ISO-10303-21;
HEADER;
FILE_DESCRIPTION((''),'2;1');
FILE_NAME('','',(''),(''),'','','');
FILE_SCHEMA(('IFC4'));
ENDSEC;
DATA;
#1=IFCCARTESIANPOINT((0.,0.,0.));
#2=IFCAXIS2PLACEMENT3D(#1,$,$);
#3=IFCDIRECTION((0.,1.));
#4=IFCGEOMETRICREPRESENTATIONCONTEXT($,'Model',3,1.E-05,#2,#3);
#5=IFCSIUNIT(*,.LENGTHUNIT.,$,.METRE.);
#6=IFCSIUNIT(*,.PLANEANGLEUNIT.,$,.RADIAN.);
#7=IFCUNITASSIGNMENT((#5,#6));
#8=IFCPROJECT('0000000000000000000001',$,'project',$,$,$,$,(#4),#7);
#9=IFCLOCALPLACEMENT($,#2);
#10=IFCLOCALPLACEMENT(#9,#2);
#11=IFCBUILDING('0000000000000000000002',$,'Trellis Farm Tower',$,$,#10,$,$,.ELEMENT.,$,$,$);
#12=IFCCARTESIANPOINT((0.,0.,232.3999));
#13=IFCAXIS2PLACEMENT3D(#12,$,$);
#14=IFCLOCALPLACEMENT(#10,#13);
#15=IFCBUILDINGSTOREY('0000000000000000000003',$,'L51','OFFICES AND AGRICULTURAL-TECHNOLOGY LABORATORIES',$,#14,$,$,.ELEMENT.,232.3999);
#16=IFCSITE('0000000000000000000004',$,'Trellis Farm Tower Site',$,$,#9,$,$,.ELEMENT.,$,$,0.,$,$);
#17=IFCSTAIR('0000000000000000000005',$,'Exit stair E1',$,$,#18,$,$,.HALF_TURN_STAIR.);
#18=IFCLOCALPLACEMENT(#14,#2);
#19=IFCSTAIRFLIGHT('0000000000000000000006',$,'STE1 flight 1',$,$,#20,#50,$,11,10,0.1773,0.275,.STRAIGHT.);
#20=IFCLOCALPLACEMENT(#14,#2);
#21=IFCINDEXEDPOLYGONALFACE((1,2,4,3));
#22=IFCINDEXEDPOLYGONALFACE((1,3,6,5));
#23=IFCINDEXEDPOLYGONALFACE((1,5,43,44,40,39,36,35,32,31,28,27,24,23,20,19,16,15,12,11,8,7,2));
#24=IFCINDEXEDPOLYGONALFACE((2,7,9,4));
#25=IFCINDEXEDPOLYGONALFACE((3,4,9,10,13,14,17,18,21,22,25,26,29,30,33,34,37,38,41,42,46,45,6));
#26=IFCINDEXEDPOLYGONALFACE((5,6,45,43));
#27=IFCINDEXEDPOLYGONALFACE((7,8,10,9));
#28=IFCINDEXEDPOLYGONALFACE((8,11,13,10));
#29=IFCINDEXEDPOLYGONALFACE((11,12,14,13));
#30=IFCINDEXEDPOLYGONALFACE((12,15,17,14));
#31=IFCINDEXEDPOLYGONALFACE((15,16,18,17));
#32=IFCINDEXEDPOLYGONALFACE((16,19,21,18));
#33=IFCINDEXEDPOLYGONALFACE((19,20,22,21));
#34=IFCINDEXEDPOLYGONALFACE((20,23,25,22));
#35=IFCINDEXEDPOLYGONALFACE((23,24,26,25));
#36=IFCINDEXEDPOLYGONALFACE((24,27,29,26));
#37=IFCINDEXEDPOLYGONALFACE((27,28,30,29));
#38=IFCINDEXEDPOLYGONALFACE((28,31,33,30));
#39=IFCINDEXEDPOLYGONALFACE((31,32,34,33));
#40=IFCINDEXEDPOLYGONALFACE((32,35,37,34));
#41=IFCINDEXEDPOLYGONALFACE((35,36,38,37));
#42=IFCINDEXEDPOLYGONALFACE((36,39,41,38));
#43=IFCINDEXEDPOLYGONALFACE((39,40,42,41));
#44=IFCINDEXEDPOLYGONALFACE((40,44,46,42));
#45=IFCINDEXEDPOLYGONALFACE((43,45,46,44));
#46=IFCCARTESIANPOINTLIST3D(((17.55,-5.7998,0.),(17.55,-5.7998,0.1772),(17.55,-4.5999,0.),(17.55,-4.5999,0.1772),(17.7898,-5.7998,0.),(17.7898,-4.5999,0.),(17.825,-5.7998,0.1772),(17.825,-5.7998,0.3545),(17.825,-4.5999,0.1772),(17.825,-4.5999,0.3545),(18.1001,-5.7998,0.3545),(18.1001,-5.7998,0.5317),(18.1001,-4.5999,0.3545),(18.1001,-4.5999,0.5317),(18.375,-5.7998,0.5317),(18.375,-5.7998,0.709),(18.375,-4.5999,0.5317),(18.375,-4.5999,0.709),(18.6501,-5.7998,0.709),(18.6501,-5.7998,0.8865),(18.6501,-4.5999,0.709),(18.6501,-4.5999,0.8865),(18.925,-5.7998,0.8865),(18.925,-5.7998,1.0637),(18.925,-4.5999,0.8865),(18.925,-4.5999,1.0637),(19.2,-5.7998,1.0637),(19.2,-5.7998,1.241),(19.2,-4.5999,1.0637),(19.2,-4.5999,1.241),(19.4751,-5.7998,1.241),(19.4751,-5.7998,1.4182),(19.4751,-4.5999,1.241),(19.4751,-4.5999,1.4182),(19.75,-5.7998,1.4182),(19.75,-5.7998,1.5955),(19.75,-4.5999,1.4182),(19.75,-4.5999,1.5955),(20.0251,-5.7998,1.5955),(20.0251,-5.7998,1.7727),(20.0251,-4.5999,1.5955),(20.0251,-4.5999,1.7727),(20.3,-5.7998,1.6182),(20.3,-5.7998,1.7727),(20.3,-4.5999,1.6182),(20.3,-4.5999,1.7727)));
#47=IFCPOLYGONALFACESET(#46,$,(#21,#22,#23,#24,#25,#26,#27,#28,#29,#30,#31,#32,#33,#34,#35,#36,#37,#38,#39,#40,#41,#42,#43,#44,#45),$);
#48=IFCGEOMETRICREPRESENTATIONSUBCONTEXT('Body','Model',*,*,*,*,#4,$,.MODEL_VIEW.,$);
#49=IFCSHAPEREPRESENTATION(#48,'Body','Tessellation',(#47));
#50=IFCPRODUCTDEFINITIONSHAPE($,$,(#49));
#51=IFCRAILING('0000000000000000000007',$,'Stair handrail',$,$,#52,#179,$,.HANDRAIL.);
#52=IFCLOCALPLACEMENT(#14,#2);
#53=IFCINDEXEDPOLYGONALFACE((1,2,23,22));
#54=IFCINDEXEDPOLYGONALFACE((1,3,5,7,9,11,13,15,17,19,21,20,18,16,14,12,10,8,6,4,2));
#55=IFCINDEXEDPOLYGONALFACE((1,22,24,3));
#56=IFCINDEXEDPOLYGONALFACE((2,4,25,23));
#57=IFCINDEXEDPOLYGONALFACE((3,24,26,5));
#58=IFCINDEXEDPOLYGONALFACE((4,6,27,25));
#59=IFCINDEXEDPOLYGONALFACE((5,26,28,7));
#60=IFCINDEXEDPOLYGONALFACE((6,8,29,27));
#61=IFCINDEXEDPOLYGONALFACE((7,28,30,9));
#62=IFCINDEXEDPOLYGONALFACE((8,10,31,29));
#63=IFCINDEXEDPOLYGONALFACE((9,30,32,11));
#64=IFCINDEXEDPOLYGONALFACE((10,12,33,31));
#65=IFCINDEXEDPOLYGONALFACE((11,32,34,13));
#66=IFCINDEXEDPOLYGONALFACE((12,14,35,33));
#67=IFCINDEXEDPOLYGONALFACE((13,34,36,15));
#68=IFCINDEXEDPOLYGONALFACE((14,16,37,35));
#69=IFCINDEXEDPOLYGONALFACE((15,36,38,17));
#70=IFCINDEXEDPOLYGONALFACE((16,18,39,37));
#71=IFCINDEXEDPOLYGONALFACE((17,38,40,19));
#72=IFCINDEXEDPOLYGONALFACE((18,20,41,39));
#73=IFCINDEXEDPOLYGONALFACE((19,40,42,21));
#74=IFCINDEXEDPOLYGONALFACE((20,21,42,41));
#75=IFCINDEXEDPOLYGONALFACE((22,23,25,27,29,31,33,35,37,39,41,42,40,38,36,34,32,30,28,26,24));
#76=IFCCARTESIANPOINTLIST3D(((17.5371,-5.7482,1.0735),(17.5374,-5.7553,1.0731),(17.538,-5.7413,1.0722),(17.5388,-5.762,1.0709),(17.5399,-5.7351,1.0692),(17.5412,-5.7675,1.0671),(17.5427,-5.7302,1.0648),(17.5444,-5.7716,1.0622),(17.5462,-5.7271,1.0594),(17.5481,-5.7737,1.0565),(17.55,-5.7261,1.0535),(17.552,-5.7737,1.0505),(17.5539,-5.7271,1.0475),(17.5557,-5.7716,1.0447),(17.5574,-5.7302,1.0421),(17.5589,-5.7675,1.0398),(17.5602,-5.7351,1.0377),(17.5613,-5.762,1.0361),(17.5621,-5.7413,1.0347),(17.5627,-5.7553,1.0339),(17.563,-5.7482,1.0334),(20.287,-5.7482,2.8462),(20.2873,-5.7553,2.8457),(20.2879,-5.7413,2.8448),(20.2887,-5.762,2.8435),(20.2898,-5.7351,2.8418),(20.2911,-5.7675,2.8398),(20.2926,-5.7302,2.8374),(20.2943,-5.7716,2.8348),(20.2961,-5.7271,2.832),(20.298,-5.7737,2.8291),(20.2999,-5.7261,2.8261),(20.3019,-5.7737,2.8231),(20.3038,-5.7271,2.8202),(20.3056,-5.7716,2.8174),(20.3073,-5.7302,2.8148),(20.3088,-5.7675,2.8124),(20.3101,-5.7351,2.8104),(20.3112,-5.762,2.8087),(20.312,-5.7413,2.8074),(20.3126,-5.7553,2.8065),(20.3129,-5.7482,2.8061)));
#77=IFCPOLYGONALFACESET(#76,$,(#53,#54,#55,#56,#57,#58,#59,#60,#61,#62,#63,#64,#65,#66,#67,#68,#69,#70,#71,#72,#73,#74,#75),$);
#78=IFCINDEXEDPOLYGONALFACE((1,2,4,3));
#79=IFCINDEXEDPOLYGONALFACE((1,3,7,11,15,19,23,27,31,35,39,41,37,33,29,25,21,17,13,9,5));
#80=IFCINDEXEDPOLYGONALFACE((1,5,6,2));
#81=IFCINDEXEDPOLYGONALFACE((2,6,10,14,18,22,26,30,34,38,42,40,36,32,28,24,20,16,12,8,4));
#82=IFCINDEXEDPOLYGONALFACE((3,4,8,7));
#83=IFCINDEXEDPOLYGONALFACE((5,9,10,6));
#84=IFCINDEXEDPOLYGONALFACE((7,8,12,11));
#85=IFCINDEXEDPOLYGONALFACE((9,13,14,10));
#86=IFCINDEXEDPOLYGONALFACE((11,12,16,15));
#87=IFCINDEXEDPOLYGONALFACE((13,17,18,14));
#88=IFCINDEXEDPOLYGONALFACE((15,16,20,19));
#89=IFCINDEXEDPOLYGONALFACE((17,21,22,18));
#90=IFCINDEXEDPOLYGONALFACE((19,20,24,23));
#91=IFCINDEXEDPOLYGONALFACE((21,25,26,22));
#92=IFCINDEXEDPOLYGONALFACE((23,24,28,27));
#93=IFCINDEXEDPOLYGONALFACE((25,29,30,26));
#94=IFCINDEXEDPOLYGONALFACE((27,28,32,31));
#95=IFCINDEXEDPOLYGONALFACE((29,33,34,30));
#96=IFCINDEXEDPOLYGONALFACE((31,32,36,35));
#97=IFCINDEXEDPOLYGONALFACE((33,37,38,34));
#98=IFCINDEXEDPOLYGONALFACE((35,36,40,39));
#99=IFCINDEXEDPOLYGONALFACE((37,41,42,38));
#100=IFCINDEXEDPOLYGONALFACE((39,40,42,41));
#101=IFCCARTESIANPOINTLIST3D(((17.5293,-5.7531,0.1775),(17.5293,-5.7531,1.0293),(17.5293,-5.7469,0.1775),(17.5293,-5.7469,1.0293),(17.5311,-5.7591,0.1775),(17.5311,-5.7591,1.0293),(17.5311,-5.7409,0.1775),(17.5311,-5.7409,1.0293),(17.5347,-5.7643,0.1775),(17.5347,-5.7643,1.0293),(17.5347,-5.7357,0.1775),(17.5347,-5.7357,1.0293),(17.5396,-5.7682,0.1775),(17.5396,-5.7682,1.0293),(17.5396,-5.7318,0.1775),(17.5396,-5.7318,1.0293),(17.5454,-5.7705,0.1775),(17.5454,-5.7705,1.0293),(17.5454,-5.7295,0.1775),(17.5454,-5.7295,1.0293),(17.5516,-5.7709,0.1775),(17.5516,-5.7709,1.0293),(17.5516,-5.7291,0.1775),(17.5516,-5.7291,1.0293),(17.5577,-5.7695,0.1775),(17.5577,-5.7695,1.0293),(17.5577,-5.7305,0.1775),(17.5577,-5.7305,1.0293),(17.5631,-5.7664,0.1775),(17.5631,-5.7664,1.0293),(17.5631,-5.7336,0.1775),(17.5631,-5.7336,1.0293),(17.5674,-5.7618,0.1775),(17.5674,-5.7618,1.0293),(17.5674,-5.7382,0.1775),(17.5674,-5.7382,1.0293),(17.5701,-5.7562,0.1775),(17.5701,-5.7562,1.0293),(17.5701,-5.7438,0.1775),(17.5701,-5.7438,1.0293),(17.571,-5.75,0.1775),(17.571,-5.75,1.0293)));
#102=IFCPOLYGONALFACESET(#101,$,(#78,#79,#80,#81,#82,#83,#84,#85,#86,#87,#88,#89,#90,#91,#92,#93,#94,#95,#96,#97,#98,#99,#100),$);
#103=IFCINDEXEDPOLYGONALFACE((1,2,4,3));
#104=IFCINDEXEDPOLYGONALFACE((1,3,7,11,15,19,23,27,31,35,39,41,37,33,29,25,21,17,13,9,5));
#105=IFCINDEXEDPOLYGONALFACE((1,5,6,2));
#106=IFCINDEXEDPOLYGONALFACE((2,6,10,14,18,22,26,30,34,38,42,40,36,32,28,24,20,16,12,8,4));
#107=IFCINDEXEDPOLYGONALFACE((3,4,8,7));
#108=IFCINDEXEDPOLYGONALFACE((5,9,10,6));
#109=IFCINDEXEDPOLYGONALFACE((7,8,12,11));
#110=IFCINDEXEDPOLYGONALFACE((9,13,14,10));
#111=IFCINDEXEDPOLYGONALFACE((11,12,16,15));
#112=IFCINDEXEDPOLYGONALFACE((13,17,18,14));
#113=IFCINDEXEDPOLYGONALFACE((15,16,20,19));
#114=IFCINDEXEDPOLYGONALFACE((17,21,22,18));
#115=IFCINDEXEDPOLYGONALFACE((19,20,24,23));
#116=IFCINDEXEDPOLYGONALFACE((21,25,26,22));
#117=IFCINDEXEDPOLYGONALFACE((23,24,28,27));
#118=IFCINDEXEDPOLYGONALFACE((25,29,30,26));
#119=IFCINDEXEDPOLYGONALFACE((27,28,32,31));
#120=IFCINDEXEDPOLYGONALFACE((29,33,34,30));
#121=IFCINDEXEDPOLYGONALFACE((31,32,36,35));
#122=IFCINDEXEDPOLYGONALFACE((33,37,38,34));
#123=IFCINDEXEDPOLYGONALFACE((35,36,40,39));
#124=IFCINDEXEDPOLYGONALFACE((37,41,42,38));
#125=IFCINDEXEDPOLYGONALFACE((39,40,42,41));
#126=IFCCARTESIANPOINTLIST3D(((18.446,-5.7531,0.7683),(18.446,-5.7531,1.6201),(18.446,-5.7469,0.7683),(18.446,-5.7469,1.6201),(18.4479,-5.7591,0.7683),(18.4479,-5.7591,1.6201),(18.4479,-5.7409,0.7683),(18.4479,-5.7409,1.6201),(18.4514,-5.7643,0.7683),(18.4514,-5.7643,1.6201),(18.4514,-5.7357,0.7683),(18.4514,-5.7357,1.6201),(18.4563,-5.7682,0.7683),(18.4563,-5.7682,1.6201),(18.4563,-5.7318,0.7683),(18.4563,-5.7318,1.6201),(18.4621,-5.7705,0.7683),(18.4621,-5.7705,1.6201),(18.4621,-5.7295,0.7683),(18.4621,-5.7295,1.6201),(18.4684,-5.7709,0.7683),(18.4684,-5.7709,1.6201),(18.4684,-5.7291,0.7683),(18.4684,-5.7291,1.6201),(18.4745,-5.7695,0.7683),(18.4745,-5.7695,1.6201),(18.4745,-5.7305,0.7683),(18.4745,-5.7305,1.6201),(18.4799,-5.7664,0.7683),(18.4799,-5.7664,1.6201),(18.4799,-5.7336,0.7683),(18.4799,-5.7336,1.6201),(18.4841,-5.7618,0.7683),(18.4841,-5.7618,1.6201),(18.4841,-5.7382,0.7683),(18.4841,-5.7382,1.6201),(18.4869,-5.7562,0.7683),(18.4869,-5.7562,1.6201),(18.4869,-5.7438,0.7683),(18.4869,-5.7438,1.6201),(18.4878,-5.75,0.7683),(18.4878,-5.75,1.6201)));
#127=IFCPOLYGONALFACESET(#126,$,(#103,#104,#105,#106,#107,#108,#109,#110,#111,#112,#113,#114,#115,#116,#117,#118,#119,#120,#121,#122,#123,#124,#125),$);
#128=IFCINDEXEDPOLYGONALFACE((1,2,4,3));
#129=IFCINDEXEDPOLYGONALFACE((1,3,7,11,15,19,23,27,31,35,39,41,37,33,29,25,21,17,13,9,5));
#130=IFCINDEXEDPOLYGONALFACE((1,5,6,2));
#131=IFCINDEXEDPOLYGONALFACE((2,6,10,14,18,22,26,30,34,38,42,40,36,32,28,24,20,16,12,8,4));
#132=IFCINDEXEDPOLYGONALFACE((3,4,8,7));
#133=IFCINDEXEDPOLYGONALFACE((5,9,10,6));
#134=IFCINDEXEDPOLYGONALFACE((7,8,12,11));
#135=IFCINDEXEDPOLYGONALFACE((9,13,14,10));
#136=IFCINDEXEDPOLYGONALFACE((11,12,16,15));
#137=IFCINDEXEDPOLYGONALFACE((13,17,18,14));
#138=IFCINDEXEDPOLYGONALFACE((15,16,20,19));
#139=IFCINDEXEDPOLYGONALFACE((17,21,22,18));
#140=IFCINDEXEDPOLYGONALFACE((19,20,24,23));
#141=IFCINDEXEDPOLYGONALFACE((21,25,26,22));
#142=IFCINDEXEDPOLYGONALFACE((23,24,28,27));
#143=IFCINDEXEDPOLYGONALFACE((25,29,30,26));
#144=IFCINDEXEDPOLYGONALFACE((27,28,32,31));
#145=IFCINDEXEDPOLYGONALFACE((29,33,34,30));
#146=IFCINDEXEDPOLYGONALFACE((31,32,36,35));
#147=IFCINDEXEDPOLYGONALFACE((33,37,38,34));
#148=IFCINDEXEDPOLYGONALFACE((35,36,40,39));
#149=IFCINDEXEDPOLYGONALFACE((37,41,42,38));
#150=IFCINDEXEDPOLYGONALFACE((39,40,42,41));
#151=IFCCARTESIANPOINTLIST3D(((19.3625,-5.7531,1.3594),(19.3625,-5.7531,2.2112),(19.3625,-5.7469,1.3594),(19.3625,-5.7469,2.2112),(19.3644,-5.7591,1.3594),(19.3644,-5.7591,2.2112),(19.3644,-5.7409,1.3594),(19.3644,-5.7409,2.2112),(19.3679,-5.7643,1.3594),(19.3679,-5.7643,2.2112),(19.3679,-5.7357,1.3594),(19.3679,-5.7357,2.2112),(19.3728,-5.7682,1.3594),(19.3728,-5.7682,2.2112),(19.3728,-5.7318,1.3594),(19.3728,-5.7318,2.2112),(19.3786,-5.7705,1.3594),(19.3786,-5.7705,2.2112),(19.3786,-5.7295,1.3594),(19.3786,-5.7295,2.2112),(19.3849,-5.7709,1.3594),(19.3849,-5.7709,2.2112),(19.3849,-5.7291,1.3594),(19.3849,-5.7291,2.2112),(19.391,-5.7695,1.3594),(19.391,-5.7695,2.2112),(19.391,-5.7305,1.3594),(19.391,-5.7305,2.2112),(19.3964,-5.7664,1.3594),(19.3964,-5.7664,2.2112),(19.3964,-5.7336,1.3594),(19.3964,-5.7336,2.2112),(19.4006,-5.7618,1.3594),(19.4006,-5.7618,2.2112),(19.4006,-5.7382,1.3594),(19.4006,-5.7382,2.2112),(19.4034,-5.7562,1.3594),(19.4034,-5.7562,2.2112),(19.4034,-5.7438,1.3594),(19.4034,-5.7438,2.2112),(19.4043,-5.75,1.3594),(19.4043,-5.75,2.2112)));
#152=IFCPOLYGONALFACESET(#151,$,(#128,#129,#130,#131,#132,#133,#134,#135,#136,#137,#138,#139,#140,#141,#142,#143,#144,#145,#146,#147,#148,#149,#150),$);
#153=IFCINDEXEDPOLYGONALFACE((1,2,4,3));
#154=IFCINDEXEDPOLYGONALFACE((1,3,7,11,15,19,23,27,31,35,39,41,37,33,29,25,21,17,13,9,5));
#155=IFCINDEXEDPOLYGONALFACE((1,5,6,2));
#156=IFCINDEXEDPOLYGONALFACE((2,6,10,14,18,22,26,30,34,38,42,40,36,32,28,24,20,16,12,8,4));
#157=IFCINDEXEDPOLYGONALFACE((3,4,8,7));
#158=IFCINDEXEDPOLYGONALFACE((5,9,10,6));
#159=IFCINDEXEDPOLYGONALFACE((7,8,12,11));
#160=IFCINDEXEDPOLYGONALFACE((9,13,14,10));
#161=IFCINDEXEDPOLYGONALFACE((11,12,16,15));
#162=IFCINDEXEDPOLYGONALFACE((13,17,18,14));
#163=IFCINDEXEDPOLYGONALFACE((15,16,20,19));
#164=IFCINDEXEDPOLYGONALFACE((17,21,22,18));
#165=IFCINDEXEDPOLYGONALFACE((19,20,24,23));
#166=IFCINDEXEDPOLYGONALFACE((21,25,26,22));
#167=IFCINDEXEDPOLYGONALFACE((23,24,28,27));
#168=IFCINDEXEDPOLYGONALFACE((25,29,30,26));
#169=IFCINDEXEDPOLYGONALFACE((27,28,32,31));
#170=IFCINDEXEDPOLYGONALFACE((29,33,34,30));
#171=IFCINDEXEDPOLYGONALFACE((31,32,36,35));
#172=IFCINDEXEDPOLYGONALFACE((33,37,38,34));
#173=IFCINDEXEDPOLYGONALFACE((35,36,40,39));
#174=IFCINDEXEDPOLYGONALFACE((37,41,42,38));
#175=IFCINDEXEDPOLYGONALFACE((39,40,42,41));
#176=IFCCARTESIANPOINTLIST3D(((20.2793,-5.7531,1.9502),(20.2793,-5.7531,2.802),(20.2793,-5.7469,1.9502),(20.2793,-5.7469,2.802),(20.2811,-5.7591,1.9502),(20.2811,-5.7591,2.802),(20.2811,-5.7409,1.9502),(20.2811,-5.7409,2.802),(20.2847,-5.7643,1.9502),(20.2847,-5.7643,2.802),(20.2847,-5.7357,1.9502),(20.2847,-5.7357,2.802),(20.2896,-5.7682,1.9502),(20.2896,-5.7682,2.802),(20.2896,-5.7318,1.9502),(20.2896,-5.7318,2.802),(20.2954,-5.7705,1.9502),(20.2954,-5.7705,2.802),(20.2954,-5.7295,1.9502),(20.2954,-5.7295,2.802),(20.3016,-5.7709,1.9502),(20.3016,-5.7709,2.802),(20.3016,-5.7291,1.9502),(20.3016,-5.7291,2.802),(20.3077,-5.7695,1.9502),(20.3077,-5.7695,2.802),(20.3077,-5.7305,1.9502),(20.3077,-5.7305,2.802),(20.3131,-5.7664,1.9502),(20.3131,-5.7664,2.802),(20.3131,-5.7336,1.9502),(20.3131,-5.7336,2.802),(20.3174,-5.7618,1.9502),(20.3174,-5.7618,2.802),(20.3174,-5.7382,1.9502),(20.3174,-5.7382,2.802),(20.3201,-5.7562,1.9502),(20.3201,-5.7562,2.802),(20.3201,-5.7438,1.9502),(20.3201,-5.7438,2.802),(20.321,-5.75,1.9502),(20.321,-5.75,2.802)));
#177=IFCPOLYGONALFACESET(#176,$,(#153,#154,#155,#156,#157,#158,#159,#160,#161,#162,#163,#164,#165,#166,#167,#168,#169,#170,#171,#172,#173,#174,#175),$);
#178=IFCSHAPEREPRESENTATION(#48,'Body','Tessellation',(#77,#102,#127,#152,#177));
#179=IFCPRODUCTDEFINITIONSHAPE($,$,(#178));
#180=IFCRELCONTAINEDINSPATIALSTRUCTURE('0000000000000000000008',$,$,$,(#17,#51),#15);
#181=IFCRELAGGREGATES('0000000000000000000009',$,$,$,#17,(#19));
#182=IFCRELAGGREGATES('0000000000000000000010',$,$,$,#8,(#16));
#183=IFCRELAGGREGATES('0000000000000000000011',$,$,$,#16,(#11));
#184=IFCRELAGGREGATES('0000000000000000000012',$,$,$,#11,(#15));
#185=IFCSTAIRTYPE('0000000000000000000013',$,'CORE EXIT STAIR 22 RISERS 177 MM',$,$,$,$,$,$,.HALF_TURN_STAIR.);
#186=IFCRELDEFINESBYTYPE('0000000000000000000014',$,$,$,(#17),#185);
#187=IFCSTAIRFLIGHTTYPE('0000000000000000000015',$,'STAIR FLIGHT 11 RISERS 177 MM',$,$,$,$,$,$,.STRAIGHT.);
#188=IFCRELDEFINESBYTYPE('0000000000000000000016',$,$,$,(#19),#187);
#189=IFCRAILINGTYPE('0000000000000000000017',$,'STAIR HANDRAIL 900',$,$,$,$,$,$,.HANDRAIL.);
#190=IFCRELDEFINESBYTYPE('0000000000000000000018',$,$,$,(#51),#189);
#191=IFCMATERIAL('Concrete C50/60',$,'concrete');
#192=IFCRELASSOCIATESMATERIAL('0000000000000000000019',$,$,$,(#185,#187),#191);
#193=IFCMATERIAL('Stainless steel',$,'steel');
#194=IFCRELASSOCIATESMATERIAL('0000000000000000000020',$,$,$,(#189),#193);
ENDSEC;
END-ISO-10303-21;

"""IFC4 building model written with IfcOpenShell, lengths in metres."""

from ifc_helpers import new_model, si_unit, direction, frame, origin, origin_2d, place, context, subcontext, project, spatial, polyline, circle, outline, extrude, source, transform, mapped, material, type_object, element, aggregate, save


model = new_model("IFC4")

# Units and contexts
model_context = context("Model", 3, precision=1e-05, world=origin(), true_north=direction((0.0, 1.0)))
body_context = subcontext(model_context, "Body", "Model", "MODEL_VIEW")
ifc_project = project(units=[si_unit("LENGTHUNIT", "METRE"), si_unit("PLANEANGLEUNIT", "RADIAN")], contexts=[model_context])

# Site, building, storey
site_placement = place(None, origin())
site = spatial("IfcSite", under=ifc_project, at=site_placement, Name="Trellis Farm Tower Site", CompositionType="ELEMENT", RefElevation=0.0)
building_placement = place(site_placement, origin())
building = spatial("IfcBuilding", under=site, at=building_placement, Name="Trellis Farm Tower", CompositionType="ELEMENT")
storey_placement = place(building_placement, frame((0.0, 0.0, 232.3999)))
storey = spatial("IfcBuildingStorey", under=building, at=storey_placement, Name="L51", Description="OFFICES AND AGRICULTURAL-TECHNOLOGY LABORATORIES", CompositionType="ELEMENT", Elevation=232.3999)

# Shared definitions
placement = place(storey_placement, origin())

# Stair, stair flight
ifc_material_1 = material(Name="Concrete C50/60", Category="concrete")
stair_type = type_object("IfcStairType", Name="CORE EXIT STAIR 22 RISERS 177 MM", PredefinedType="HALF_TURN_STAIR", material=ifc_material_1)
stair = element("IfcStair", 1, at=placement, inside=storey, type_object=stair_type, Name="Exit stair E1", PredefinedType="HALF_TURN_STAIR")
stair_flight_type = type_object("IfcStairFlightType", Name="STAIR FLIGHT 11 RISERS 177 MM", PredefinedType="STRAIGHT", material=ifc_material_1)
shared_shape_1 = source(origin(), body_context, "Body", "SweptSolid", [
    extrude(outline(polyline([(0.0, 0.0), (0.0, 0.1772), (0.2749, 0.1772), (0.2749, 0.3545), (0.55, 0.3545), (0.55, 0.5317), (0.825, 0.5317), (0.825, 0.709), (1.1001, 0.709), (1.1001, 0.8865), (1.375, 0.8865), (1.375, 1.0637), (1.6499, 1.0637), (1.6499, 1.241), (1.925, 1.241), (1.925, 1.4182), (2.2, 1.4182), (2.2, 1.5955), (2.4751, 1.5955), (2.4751, 1.7727), (2.75, 1.7727), (2.75, 1.95), (2.75, 1.6182), (0.2397, 0.0), (0.0, 0.0)])), frame((0.0, 0.6001, 0.0), z_axis=(0.0, -1.0, 0.0), x_axis=(1.0, 0.0, 0.0)), (0.0, 0.0, 1.0), 1.2),
])
stair_flight_placement = place(storey_placement, frame((17.55, -5.2, 0.0), z_axis=(0.0, 0.0, 1.0), x_axis=(1.0, 0.0, 0.0)))
stair_flight = element("IfcStairFlight", 2, at=stair_flight_placement, type_object=stair_flight_type, Name="STE1 flight 1", NumberOfRisers=11, NumberOfTreads=10, PredefinedType="STRAIGHT", RiserHeight=0.1773, TreadLength=0.275, context=body_context, shape_type="MappedRepresentation", body=[
    mapped(shared_shape_1, transform((0.0, 0.0, 0.0))),
])
aggregate(stair, [stair_flight])

# Railing
ifc_material_2 = material(Name="Stainless steel", Category="steel")
railing_type = type_object("IfcRailingType", Name="STAIR HANDRAIL 900", PredefinedType="HANDRAIL", material=ifc_material_2)
shared_shape_2 = source(origin(), body_context, "Body", "SweptSolid", [
    extrude(circle(Radius=0.0239, at=origin_2d()), frame((0.0, 0.0, 0.876), z_axis=(0.840504, 0.0, 0.541806), x_axis=(0.0, 1.0, 0.0)), (0.0, 0.0, 1.0), 3.2717),
    extrude(circle(Radius=0.021, at=origin_2d()), origin(), (0.0, 0.0, 1.0), 0.8518),
    extrude(circle(Radius=0.021, at=origin_2d()), frame((0.9167, 0.0, 0.5908)), (0.0, 0.0, 1.0), 0.8518),
    extrude(circle(Radius=0.021, at=origin_2d()), frame((1.8333, 0.0, 1.1819)), (0.0, 0.0, 1.0), 0.8518),
    extrude(circle(Radius=0.021, at=origin_2d()), frame((2.75, 0.0, 1.7727)), (0.0, 0.0, 1.0), 0.8518),
])
railing_placement = place(storey_placement, frame((17.55, -5.75, 0.1775)))
element("IfcRailing", 3, at=railing_placement, inside=storey, type_object=railing_type, Name="Stair handrail", PredefinedType="HANDRAIL", context=body_context, shape_type="MappedRepresentation", body=[
    mapped(shared_shape_2, transform((0.0, 0.0, 0.0))),
])

save(model, "model.ifc")
